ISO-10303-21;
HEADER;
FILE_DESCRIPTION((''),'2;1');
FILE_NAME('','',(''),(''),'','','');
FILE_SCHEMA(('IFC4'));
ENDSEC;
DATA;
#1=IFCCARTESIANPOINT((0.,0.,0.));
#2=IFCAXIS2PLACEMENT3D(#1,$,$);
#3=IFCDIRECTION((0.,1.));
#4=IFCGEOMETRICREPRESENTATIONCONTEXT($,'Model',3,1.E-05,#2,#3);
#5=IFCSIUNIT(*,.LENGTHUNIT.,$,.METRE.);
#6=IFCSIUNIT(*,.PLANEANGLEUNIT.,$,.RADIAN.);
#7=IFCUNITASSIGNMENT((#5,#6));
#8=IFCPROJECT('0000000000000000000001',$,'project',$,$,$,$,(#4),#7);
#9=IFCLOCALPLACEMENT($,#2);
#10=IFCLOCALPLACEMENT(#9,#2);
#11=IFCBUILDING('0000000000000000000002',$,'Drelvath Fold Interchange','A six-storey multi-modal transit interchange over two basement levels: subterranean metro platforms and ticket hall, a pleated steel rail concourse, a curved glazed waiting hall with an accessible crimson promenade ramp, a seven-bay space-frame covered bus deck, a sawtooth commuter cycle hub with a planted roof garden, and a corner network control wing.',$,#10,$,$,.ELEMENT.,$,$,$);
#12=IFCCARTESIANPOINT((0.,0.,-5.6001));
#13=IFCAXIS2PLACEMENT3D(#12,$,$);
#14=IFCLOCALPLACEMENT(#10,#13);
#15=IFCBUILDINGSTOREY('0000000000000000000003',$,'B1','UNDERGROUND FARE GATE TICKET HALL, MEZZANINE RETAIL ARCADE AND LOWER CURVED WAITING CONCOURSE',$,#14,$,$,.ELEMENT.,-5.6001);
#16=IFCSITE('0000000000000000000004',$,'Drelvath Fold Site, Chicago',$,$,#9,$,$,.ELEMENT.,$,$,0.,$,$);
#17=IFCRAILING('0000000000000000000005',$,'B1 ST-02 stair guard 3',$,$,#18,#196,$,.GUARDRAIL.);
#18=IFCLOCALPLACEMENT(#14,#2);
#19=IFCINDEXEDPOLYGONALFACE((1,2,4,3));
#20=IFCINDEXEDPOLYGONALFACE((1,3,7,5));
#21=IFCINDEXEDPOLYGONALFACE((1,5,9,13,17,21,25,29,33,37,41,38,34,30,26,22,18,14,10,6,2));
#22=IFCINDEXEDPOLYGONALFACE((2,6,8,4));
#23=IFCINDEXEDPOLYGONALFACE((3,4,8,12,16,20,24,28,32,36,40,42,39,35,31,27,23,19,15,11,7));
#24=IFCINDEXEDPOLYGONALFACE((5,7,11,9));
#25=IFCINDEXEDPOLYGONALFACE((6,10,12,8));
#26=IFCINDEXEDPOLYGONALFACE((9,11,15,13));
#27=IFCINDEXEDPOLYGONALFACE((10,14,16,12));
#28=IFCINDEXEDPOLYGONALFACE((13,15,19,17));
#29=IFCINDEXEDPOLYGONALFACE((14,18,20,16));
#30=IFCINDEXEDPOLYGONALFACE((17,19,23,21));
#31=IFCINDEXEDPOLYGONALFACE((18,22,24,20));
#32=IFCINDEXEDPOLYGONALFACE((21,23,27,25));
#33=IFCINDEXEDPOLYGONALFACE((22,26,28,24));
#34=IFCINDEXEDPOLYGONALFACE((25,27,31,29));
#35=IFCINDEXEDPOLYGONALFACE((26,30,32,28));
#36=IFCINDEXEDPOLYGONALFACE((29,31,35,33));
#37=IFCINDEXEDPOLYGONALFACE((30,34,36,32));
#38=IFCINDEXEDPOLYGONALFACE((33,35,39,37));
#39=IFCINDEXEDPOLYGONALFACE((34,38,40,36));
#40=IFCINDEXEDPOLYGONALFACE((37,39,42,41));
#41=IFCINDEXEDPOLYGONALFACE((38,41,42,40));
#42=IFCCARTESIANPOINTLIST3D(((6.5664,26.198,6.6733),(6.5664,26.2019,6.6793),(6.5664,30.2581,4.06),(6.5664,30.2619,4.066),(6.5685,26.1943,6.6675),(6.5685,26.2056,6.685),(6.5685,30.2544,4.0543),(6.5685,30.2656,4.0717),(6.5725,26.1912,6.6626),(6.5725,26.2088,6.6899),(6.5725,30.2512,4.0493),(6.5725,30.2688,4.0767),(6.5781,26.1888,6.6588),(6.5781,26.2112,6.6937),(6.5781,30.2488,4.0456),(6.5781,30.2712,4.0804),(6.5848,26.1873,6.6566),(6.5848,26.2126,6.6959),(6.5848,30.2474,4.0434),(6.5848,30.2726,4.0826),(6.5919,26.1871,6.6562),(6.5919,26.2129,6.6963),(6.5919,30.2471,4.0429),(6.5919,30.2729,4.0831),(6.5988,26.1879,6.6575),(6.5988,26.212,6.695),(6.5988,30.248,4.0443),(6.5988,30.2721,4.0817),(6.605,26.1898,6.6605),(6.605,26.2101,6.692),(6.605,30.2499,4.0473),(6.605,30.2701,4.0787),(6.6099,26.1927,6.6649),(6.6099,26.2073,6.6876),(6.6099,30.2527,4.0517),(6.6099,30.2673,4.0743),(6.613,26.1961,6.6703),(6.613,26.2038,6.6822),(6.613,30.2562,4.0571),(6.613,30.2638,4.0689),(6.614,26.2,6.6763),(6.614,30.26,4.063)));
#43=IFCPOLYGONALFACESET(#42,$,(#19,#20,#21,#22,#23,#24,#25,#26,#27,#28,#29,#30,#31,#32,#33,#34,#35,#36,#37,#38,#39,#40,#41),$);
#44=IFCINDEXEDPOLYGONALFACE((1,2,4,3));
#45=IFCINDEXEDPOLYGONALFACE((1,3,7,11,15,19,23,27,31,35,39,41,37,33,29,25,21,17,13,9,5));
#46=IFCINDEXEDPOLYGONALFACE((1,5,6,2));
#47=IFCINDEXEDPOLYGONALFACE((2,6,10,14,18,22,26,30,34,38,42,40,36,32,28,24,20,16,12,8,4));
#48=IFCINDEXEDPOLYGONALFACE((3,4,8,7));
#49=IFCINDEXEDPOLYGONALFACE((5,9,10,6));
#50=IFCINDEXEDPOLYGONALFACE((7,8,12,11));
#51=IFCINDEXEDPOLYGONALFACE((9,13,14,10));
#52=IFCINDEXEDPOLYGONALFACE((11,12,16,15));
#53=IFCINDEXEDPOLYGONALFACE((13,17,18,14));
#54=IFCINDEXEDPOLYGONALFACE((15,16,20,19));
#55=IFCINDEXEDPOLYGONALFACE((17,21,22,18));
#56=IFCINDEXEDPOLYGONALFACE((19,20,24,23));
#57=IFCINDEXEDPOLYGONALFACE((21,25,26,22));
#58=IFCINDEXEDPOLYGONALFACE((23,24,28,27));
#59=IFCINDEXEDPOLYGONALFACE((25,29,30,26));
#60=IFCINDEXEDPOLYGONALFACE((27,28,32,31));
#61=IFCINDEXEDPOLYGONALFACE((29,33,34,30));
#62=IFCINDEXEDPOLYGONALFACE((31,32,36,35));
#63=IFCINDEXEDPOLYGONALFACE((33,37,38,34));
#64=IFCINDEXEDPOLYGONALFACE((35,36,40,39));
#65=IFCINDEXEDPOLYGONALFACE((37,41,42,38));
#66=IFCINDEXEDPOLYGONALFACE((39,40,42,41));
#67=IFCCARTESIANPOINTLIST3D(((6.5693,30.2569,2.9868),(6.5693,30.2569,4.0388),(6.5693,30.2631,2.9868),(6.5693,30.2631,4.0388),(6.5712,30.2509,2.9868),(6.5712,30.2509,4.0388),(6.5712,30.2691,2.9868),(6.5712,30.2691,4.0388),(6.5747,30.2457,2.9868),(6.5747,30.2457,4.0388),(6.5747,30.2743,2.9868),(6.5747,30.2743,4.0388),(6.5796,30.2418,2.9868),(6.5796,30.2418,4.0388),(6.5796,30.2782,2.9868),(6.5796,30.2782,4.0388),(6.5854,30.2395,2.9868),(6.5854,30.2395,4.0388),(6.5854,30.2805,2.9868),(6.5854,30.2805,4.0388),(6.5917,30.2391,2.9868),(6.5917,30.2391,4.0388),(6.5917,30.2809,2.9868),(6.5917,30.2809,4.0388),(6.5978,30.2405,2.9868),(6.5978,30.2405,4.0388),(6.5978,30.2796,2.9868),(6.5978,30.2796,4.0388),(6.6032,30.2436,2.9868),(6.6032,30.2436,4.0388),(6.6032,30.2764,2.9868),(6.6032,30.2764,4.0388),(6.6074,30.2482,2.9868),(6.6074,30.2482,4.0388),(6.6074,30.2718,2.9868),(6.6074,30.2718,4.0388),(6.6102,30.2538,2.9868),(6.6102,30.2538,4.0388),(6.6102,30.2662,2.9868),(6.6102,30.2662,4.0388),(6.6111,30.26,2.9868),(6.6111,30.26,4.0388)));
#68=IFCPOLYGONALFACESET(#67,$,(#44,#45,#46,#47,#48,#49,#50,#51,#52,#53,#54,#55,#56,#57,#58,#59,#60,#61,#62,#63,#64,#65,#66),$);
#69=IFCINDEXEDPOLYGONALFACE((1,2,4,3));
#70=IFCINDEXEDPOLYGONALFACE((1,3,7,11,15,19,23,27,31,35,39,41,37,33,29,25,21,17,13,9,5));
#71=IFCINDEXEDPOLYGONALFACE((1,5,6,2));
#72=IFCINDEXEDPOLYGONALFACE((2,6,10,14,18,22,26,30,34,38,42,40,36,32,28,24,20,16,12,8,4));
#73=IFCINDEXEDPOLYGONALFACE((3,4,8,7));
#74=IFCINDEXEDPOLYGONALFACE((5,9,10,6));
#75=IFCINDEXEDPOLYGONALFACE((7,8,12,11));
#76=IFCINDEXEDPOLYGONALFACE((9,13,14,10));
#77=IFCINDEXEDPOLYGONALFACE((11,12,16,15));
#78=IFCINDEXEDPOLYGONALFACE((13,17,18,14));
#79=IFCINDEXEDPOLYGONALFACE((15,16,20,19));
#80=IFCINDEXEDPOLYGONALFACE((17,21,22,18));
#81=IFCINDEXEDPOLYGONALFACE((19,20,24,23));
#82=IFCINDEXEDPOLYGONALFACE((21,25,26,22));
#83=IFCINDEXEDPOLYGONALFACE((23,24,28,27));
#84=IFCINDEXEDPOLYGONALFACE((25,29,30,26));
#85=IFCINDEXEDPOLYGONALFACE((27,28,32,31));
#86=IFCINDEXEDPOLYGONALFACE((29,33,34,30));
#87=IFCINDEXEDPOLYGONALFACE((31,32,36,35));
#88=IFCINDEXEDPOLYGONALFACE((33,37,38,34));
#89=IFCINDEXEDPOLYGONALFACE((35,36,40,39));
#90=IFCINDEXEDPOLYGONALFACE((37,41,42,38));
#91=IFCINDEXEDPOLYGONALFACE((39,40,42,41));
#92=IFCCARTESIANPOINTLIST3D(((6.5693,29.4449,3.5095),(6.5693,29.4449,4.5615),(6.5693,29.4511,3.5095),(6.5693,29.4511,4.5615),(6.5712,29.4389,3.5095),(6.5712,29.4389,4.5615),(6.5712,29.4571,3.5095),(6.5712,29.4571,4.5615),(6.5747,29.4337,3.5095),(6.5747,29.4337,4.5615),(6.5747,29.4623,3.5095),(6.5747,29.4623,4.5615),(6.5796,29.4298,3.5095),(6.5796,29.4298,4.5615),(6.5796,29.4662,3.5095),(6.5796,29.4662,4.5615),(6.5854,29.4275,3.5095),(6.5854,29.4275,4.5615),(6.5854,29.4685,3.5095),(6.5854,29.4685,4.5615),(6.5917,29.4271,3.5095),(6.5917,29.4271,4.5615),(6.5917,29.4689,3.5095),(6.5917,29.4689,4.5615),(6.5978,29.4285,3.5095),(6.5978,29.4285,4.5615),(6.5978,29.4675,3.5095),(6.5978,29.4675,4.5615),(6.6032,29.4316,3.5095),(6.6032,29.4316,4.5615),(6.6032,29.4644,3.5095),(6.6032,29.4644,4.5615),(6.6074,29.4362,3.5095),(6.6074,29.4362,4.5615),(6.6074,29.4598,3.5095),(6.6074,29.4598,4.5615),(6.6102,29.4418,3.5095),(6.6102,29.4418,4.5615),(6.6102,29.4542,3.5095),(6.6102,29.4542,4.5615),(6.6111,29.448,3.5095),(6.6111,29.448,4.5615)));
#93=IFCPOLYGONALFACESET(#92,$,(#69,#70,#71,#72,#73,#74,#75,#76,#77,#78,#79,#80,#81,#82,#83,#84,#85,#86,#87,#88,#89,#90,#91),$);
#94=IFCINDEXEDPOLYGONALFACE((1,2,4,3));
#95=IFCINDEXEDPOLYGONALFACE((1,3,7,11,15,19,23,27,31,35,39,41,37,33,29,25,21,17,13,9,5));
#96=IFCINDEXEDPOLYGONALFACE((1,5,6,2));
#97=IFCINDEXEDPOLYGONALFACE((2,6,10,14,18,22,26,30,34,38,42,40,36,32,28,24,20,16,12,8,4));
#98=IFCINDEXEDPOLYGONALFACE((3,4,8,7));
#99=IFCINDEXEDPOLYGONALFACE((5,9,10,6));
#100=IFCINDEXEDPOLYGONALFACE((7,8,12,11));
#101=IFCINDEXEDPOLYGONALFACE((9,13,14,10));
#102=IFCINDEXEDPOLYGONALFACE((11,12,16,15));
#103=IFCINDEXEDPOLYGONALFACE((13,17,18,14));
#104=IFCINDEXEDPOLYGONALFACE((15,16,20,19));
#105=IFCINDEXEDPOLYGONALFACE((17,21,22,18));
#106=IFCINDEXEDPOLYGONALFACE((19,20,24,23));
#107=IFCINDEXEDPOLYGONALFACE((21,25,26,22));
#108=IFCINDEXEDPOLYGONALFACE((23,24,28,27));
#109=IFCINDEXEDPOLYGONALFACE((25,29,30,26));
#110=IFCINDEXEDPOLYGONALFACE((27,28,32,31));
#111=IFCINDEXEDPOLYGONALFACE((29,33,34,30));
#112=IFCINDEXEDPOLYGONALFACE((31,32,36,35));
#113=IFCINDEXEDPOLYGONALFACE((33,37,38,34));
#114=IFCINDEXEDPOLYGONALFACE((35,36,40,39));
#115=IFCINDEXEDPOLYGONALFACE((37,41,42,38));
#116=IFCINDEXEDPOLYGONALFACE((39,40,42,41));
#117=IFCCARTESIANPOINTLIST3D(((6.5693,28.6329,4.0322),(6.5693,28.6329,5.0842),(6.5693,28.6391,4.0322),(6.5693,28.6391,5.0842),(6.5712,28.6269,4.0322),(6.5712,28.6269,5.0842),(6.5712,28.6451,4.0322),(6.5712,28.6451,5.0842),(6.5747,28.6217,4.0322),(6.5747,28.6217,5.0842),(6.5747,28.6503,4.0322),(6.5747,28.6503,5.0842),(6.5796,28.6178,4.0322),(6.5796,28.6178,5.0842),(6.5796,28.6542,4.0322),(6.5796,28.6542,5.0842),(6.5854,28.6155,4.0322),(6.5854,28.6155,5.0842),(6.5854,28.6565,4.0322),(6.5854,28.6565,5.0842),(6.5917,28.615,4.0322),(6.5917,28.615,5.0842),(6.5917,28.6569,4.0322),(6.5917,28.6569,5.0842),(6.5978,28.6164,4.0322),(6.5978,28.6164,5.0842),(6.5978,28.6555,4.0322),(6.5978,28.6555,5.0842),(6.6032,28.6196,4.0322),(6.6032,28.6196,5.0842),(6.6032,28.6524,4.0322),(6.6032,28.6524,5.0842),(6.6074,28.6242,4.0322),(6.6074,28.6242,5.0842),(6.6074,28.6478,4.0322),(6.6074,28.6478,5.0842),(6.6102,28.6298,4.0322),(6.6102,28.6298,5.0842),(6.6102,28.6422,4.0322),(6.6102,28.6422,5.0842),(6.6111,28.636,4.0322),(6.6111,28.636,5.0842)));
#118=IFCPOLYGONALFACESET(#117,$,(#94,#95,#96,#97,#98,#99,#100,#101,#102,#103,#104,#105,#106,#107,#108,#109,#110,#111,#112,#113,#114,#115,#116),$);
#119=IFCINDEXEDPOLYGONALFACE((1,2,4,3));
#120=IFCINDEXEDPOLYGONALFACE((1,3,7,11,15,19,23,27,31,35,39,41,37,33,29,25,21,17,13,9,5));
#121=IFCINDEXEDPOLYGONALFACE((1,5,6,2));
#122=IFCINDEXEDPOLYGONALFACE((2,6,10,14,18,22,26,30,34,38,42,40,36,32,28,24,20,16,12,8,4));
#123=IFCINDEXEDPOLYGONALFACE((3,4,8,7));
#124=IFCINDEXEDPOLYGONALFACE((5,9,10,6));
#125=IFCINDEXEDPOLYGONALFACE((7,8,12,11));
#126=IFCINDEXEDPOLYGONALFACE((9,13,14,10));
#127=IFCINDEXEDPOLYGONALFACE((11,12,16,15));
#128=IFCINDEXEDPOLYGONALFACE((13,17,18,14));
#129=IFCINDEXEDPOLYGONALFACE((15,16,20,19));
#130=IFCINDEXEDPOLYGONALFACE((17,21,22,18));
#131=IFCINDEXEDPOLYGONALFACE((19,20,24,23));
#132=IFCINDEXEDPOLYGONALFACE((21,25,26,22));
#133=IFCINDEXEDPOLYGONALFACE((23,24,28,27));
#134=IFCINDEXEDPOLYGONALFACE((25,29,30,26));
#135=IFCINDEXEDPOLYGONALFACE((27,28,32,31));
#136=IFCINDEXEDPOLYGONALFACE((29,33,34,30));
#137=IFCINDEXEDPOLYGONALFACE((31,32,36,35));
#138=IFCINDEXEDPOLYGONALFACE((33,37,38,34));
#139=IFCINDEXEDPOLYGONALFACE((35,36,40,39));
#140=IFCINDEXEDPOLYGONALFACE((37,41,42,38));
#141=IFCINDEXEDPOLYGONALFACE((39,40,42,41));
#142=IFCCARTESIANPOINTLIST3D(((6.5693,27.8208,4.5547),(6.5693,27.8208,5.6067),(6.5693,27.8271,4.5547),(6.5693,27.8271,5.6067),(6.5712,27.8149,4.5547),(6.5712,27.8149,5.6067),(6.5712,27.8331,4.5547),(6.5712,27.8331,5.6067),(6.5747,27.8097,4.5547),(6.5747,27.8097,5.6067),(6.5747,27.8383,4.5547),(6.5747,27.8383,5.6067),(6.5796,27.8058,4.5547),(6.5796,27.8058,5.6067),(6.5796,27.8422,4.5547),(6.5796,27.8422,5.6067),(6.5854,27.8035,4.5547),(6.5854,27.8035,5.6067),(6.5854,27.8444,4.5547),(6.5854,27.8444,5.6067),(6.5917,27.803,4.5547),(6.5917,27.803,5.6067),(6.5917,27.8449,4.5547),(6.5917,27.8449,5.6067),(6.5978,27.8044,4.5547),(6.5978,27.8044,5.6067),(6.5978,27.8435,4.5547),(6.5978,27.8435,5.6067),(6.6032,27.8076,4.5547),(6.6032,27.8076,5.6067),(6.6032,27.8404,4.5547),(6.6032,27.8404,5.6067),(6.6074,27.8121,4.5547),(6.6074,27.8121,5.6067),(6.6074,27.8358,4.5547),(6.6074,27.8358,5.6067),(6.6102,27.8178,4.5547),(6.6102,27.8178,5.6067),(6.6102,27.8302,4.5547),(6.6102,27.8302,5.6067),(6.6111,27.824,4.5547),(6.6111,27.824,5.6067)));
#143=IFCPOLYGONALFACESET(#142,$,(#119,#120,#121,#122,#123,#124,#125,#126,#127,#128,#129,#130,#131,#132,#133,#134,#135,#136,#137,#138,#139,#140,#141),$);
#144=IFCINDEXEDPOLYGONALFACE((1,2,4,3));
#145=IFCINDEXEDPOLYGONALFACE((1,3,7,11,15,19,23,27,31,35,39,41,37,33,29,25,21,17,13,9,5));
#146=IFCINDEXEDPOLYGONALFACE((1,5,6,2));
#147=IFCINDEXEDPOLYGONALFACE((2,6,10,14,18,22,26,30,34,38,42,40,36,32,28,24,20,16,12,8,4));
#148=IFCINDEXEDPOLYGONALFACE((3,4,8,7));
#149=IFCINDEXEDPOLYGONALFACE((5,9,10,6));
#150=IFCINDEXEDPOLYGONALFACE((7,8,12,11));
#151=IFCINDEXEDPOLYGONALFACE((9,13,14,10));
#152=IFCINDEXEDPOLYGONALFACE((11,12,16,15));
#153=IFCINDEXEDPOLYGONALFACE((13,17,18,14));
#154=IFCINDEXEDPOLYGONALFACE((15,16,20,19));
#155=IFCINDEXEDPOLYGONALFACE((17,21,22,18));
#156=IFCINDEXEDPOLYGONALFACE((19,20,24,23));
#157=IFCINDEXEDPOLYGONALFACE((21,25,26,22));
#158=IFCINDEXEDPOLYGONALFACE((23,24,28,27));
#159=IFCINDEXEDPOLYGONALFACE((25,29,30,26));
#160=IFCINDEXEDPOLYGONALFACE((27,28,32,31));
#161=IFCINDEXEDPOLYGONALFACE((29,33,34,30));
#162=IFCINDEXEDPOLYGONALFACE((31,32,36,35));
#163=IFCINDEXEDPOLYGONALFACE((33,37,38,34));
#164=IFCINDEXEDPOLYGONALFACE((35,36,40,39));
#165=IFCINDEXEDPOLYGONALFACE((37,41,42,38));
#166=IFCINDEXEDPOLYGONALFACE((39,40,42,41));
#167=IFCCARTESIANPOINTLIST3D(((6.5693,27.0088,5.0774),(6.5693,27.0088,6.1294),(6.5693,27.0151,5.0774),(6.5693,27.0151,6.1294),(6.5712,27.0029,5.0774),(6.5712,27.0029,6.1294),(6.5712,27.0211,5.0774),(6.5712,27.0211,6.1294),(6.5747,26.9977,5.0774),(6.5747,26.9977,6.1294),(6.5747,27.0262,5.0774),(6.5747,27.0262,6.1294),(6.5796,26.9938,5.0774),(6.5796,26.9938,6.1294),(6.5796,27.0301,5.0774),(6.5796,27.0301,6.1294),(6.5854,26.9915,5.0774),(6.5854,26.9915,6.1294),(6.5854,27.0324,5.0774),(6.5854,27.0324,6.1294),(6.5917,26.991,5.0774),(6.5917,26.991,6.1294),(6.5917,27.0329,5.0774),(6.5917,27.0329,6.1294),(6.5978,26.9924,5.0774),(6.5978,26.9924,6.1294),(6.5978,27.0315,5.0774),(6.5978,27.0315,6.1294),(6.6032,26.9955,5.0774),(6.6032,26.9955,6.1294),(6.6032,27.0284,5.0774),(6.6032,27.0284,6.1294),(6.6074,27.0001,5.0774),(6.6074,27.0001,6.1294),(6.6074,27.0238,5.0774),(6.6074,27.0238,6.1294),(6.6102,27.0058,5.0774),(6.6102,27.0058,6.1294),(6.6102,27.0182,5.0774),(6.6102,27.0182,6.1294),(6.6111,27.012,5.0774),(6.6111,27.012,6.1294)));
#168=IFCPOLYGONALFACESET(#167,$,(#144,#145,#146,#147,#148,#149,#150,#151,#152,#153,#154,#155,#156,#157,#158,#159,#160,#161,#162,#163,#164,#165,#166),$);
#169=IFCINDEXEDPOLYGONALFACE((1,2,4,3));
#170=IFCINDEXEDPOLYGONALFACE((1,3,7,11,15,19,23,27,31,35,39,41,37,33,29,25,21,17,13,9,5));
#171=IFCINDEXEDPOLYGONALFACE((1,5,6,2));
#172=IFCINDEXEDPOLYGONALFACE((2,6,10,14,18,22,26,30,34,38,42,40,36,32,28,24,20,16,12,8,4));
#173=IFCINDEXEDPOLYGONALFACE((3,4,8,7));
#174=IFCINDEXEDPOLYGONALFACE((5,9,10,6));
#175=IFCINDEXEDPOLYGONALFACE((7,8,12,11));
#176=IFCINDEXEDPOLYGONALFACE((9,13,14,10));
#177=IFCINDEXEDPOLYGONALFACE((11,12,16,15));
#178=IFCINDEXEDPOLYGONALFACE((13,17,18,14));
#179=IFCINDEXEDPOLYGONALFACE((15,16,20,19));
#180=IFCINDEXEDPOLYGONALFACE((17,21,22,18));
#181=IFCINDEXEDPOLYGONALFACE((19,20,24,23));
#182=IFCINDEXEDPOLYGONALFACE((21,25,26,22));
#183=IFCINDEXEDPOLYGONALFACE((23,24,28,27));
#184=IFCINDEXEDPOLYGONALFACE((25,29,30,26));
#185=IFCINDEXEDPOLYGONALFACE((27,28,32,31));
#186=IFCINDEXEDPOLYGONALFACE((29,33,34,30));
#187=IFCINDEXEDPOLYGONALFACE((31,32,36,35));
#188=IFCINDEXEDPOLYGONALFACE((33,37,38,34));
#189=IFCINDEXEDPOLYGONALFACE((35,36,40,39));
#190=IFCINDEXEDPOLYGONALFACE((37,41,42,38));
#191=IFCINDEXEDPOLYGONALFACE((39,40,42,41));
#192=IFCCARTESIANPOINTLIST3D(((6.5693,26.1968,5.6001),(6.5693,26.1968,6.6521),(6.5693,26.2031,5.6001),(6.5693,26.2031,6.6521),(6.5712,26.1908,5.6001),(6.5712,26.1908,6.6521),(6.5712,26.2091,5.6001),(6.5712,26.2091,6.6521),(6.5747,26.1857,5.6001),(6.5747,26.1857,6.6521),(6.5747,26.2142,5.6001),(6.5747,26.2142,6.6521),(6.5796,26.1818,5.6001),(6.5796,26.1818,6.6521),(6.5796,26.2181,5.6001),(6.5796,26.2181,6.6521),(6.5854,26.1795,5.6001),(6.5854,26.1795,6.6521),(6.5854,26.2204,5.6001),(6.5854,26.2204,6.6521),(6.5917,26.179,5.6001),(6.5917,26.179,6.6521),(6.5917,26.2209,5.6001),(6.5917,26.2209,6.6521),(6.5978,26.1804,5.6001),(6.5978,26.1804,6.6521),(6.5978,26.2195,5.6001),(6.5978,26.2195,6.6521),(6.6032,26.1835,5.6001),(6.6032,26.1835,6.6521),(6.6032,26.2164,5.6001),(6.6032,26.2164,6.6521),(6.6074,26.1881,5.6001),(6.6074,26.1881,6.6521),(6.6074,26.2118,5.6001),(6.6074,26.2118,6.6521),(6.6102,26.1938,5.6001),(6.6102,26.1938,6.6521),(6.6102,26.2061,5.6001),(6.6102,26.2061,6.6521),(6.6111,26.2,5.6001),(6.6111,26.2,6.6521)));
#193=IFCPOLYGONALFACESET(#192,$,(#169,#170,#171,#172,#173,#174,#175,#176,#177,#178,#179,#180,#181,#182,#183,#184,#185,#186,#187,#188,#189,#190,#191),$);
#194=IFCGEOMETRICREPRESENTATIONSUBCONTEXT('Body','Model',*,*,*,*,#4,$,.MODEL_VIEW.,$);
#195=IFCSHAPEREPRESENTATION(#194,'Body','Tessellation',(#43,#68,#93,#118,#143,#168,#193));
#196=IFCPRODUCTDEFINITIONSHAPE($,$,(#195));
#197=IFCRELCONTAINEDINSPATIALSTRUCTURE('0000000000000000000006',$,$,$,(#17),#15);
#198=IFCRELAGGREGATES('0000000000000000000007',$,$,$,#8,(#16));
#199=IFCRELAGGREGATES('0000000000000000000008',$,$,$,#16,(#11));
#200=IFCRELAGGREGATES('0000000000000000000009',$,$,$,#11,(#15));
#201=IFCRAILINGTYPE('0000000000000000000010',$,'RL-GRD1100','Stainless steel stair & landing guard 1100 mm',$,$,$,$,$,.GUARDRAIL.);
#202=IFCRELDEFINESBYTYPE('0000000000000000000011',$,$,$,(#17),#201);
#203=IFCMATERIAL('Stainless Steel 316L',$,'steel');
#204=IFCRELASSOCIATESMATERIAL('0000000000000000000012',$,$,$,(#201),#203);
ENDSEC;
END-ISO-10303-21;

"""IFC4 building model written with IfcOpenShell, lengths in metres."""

from ifc_helpers import new_model, si_unit, direction, frame, origin, origin_2d, place, context, subcontext, project, spatial, circle, extrude, material, type_object, element, save


model = new_model("IFC4")

# Units and contexts
model_context = context("Model", 3, precision=1e-05, world=origin(), true_north=direction((0.0, 1.0)))
body_context = subcontext(model_context, "Body", "Model", "MODEL_VIEW")
ifc_project = project(units=[si_unit("LENGTHUNIT", "METRE"), si_unit("PLANEANGLEUNIT", "RADIAN")], contexts=[model_context])

# Site, building, storey
site_placement = place(None, origin())
site = spatial("IfcSite", under=ifc_project, at=site_placement, Name="Drelvath Fold Site, Chicago", CompositionType="ELEMENT", RefElevation=0.0)
building_placement = place(site_placement, origin())
building = spatial("IfcBuilding", under=site, at=building_placement, Name="Drelvath Fold Interchange", Description="A six-storey multi-modal transit interchange over two basement levels: subterranean metro platforms and ticket hall, a pleated steel rail concourse, a curved glazed waiting hall with an accessible crimson promenade ramp, a seven-bay space-frame covered bus deck, a sawtooth commuter cycle hub with a planted roof garden, and a corner network control wing.", CompositionType="ELEMENT")
storey_placement = place(building_placement, frame((0.0, 0.0, -5.6001)))
storey = spatial("IfcBuildingStorey", under=building, at=storey_placement, Name="B1", Description="UNDERGROUND FARE GATE TICKET HALL, MEZZANINE RETAIL ARCADE AND LOWER CURVED WAITING CONCOURSE", CompositionType="ELEMENT", Elevation=-5.6001)

# Railing
ifc_material_1 = material(Name="Stainless Steel 316L", Category="steel")
railing_type_1 = type_object("IfcRailingType", Name="RL-GRD1100", Description="Stainless steel stair & landing guard 1100 mm", PredefinedType="GUARDRAIL", material=ifc_material_1)
railing_1_placement = place(storey_placement, frame((6.5901, 30.26, 2.9868)))
element("IfcRailing", 1, at=railing_1_placement, inside=storey, type_object=railing_type_1, Name="B1 ST-02 stair guard 3", PredefinedType="GUARDRAIL", context=body_context, shape_type="SweptSolid", body=[
    extrude(circle(Radius=0.0239, at=origin_2d()), frame((0.0, 0.0, 1.0762), z_axis=(0.0, -0.840873, 0.541233), x_axis=(1.0, 0.0, 0.0)), (0.0, 0.0, 1.0), 4.8284),
    extrude(circle(Radius=0.021, at=origin_2d()), origin(), (0.0, 0.0, 1.0), 1.052),
    extrude(circle(Radius=0.021, at=origin_2d()), frame((0.0, -0.812, 0.5227)), (0.0, 0.0, 1.0), 1.052),
    extrude(circle(Radius=0.021, at=origin_2d()), frame((0.0, -1.624, 1.0454)), (0.0, 0.0, 1.0), 1.052),
    extrude(circle(Radius=0.021, at=origin_2d()), frame((0.0, -2.436, 1.5679)), (0.0, 0.0, 1.0), 1.052),
    extrude(circle(Radius=0.021, at=origin_2d()), frame((0.0, -3.248, 2.0906)), (0.0, 0.0, 1.0), 1.052),
    extrude(circle(Radius=0.021, at=origin_2d()), frame((0.0, -4.0601, 2.6133)), (0.0, 0.0, 1.0), 1.052),
])

save(model, "model.ifc")
